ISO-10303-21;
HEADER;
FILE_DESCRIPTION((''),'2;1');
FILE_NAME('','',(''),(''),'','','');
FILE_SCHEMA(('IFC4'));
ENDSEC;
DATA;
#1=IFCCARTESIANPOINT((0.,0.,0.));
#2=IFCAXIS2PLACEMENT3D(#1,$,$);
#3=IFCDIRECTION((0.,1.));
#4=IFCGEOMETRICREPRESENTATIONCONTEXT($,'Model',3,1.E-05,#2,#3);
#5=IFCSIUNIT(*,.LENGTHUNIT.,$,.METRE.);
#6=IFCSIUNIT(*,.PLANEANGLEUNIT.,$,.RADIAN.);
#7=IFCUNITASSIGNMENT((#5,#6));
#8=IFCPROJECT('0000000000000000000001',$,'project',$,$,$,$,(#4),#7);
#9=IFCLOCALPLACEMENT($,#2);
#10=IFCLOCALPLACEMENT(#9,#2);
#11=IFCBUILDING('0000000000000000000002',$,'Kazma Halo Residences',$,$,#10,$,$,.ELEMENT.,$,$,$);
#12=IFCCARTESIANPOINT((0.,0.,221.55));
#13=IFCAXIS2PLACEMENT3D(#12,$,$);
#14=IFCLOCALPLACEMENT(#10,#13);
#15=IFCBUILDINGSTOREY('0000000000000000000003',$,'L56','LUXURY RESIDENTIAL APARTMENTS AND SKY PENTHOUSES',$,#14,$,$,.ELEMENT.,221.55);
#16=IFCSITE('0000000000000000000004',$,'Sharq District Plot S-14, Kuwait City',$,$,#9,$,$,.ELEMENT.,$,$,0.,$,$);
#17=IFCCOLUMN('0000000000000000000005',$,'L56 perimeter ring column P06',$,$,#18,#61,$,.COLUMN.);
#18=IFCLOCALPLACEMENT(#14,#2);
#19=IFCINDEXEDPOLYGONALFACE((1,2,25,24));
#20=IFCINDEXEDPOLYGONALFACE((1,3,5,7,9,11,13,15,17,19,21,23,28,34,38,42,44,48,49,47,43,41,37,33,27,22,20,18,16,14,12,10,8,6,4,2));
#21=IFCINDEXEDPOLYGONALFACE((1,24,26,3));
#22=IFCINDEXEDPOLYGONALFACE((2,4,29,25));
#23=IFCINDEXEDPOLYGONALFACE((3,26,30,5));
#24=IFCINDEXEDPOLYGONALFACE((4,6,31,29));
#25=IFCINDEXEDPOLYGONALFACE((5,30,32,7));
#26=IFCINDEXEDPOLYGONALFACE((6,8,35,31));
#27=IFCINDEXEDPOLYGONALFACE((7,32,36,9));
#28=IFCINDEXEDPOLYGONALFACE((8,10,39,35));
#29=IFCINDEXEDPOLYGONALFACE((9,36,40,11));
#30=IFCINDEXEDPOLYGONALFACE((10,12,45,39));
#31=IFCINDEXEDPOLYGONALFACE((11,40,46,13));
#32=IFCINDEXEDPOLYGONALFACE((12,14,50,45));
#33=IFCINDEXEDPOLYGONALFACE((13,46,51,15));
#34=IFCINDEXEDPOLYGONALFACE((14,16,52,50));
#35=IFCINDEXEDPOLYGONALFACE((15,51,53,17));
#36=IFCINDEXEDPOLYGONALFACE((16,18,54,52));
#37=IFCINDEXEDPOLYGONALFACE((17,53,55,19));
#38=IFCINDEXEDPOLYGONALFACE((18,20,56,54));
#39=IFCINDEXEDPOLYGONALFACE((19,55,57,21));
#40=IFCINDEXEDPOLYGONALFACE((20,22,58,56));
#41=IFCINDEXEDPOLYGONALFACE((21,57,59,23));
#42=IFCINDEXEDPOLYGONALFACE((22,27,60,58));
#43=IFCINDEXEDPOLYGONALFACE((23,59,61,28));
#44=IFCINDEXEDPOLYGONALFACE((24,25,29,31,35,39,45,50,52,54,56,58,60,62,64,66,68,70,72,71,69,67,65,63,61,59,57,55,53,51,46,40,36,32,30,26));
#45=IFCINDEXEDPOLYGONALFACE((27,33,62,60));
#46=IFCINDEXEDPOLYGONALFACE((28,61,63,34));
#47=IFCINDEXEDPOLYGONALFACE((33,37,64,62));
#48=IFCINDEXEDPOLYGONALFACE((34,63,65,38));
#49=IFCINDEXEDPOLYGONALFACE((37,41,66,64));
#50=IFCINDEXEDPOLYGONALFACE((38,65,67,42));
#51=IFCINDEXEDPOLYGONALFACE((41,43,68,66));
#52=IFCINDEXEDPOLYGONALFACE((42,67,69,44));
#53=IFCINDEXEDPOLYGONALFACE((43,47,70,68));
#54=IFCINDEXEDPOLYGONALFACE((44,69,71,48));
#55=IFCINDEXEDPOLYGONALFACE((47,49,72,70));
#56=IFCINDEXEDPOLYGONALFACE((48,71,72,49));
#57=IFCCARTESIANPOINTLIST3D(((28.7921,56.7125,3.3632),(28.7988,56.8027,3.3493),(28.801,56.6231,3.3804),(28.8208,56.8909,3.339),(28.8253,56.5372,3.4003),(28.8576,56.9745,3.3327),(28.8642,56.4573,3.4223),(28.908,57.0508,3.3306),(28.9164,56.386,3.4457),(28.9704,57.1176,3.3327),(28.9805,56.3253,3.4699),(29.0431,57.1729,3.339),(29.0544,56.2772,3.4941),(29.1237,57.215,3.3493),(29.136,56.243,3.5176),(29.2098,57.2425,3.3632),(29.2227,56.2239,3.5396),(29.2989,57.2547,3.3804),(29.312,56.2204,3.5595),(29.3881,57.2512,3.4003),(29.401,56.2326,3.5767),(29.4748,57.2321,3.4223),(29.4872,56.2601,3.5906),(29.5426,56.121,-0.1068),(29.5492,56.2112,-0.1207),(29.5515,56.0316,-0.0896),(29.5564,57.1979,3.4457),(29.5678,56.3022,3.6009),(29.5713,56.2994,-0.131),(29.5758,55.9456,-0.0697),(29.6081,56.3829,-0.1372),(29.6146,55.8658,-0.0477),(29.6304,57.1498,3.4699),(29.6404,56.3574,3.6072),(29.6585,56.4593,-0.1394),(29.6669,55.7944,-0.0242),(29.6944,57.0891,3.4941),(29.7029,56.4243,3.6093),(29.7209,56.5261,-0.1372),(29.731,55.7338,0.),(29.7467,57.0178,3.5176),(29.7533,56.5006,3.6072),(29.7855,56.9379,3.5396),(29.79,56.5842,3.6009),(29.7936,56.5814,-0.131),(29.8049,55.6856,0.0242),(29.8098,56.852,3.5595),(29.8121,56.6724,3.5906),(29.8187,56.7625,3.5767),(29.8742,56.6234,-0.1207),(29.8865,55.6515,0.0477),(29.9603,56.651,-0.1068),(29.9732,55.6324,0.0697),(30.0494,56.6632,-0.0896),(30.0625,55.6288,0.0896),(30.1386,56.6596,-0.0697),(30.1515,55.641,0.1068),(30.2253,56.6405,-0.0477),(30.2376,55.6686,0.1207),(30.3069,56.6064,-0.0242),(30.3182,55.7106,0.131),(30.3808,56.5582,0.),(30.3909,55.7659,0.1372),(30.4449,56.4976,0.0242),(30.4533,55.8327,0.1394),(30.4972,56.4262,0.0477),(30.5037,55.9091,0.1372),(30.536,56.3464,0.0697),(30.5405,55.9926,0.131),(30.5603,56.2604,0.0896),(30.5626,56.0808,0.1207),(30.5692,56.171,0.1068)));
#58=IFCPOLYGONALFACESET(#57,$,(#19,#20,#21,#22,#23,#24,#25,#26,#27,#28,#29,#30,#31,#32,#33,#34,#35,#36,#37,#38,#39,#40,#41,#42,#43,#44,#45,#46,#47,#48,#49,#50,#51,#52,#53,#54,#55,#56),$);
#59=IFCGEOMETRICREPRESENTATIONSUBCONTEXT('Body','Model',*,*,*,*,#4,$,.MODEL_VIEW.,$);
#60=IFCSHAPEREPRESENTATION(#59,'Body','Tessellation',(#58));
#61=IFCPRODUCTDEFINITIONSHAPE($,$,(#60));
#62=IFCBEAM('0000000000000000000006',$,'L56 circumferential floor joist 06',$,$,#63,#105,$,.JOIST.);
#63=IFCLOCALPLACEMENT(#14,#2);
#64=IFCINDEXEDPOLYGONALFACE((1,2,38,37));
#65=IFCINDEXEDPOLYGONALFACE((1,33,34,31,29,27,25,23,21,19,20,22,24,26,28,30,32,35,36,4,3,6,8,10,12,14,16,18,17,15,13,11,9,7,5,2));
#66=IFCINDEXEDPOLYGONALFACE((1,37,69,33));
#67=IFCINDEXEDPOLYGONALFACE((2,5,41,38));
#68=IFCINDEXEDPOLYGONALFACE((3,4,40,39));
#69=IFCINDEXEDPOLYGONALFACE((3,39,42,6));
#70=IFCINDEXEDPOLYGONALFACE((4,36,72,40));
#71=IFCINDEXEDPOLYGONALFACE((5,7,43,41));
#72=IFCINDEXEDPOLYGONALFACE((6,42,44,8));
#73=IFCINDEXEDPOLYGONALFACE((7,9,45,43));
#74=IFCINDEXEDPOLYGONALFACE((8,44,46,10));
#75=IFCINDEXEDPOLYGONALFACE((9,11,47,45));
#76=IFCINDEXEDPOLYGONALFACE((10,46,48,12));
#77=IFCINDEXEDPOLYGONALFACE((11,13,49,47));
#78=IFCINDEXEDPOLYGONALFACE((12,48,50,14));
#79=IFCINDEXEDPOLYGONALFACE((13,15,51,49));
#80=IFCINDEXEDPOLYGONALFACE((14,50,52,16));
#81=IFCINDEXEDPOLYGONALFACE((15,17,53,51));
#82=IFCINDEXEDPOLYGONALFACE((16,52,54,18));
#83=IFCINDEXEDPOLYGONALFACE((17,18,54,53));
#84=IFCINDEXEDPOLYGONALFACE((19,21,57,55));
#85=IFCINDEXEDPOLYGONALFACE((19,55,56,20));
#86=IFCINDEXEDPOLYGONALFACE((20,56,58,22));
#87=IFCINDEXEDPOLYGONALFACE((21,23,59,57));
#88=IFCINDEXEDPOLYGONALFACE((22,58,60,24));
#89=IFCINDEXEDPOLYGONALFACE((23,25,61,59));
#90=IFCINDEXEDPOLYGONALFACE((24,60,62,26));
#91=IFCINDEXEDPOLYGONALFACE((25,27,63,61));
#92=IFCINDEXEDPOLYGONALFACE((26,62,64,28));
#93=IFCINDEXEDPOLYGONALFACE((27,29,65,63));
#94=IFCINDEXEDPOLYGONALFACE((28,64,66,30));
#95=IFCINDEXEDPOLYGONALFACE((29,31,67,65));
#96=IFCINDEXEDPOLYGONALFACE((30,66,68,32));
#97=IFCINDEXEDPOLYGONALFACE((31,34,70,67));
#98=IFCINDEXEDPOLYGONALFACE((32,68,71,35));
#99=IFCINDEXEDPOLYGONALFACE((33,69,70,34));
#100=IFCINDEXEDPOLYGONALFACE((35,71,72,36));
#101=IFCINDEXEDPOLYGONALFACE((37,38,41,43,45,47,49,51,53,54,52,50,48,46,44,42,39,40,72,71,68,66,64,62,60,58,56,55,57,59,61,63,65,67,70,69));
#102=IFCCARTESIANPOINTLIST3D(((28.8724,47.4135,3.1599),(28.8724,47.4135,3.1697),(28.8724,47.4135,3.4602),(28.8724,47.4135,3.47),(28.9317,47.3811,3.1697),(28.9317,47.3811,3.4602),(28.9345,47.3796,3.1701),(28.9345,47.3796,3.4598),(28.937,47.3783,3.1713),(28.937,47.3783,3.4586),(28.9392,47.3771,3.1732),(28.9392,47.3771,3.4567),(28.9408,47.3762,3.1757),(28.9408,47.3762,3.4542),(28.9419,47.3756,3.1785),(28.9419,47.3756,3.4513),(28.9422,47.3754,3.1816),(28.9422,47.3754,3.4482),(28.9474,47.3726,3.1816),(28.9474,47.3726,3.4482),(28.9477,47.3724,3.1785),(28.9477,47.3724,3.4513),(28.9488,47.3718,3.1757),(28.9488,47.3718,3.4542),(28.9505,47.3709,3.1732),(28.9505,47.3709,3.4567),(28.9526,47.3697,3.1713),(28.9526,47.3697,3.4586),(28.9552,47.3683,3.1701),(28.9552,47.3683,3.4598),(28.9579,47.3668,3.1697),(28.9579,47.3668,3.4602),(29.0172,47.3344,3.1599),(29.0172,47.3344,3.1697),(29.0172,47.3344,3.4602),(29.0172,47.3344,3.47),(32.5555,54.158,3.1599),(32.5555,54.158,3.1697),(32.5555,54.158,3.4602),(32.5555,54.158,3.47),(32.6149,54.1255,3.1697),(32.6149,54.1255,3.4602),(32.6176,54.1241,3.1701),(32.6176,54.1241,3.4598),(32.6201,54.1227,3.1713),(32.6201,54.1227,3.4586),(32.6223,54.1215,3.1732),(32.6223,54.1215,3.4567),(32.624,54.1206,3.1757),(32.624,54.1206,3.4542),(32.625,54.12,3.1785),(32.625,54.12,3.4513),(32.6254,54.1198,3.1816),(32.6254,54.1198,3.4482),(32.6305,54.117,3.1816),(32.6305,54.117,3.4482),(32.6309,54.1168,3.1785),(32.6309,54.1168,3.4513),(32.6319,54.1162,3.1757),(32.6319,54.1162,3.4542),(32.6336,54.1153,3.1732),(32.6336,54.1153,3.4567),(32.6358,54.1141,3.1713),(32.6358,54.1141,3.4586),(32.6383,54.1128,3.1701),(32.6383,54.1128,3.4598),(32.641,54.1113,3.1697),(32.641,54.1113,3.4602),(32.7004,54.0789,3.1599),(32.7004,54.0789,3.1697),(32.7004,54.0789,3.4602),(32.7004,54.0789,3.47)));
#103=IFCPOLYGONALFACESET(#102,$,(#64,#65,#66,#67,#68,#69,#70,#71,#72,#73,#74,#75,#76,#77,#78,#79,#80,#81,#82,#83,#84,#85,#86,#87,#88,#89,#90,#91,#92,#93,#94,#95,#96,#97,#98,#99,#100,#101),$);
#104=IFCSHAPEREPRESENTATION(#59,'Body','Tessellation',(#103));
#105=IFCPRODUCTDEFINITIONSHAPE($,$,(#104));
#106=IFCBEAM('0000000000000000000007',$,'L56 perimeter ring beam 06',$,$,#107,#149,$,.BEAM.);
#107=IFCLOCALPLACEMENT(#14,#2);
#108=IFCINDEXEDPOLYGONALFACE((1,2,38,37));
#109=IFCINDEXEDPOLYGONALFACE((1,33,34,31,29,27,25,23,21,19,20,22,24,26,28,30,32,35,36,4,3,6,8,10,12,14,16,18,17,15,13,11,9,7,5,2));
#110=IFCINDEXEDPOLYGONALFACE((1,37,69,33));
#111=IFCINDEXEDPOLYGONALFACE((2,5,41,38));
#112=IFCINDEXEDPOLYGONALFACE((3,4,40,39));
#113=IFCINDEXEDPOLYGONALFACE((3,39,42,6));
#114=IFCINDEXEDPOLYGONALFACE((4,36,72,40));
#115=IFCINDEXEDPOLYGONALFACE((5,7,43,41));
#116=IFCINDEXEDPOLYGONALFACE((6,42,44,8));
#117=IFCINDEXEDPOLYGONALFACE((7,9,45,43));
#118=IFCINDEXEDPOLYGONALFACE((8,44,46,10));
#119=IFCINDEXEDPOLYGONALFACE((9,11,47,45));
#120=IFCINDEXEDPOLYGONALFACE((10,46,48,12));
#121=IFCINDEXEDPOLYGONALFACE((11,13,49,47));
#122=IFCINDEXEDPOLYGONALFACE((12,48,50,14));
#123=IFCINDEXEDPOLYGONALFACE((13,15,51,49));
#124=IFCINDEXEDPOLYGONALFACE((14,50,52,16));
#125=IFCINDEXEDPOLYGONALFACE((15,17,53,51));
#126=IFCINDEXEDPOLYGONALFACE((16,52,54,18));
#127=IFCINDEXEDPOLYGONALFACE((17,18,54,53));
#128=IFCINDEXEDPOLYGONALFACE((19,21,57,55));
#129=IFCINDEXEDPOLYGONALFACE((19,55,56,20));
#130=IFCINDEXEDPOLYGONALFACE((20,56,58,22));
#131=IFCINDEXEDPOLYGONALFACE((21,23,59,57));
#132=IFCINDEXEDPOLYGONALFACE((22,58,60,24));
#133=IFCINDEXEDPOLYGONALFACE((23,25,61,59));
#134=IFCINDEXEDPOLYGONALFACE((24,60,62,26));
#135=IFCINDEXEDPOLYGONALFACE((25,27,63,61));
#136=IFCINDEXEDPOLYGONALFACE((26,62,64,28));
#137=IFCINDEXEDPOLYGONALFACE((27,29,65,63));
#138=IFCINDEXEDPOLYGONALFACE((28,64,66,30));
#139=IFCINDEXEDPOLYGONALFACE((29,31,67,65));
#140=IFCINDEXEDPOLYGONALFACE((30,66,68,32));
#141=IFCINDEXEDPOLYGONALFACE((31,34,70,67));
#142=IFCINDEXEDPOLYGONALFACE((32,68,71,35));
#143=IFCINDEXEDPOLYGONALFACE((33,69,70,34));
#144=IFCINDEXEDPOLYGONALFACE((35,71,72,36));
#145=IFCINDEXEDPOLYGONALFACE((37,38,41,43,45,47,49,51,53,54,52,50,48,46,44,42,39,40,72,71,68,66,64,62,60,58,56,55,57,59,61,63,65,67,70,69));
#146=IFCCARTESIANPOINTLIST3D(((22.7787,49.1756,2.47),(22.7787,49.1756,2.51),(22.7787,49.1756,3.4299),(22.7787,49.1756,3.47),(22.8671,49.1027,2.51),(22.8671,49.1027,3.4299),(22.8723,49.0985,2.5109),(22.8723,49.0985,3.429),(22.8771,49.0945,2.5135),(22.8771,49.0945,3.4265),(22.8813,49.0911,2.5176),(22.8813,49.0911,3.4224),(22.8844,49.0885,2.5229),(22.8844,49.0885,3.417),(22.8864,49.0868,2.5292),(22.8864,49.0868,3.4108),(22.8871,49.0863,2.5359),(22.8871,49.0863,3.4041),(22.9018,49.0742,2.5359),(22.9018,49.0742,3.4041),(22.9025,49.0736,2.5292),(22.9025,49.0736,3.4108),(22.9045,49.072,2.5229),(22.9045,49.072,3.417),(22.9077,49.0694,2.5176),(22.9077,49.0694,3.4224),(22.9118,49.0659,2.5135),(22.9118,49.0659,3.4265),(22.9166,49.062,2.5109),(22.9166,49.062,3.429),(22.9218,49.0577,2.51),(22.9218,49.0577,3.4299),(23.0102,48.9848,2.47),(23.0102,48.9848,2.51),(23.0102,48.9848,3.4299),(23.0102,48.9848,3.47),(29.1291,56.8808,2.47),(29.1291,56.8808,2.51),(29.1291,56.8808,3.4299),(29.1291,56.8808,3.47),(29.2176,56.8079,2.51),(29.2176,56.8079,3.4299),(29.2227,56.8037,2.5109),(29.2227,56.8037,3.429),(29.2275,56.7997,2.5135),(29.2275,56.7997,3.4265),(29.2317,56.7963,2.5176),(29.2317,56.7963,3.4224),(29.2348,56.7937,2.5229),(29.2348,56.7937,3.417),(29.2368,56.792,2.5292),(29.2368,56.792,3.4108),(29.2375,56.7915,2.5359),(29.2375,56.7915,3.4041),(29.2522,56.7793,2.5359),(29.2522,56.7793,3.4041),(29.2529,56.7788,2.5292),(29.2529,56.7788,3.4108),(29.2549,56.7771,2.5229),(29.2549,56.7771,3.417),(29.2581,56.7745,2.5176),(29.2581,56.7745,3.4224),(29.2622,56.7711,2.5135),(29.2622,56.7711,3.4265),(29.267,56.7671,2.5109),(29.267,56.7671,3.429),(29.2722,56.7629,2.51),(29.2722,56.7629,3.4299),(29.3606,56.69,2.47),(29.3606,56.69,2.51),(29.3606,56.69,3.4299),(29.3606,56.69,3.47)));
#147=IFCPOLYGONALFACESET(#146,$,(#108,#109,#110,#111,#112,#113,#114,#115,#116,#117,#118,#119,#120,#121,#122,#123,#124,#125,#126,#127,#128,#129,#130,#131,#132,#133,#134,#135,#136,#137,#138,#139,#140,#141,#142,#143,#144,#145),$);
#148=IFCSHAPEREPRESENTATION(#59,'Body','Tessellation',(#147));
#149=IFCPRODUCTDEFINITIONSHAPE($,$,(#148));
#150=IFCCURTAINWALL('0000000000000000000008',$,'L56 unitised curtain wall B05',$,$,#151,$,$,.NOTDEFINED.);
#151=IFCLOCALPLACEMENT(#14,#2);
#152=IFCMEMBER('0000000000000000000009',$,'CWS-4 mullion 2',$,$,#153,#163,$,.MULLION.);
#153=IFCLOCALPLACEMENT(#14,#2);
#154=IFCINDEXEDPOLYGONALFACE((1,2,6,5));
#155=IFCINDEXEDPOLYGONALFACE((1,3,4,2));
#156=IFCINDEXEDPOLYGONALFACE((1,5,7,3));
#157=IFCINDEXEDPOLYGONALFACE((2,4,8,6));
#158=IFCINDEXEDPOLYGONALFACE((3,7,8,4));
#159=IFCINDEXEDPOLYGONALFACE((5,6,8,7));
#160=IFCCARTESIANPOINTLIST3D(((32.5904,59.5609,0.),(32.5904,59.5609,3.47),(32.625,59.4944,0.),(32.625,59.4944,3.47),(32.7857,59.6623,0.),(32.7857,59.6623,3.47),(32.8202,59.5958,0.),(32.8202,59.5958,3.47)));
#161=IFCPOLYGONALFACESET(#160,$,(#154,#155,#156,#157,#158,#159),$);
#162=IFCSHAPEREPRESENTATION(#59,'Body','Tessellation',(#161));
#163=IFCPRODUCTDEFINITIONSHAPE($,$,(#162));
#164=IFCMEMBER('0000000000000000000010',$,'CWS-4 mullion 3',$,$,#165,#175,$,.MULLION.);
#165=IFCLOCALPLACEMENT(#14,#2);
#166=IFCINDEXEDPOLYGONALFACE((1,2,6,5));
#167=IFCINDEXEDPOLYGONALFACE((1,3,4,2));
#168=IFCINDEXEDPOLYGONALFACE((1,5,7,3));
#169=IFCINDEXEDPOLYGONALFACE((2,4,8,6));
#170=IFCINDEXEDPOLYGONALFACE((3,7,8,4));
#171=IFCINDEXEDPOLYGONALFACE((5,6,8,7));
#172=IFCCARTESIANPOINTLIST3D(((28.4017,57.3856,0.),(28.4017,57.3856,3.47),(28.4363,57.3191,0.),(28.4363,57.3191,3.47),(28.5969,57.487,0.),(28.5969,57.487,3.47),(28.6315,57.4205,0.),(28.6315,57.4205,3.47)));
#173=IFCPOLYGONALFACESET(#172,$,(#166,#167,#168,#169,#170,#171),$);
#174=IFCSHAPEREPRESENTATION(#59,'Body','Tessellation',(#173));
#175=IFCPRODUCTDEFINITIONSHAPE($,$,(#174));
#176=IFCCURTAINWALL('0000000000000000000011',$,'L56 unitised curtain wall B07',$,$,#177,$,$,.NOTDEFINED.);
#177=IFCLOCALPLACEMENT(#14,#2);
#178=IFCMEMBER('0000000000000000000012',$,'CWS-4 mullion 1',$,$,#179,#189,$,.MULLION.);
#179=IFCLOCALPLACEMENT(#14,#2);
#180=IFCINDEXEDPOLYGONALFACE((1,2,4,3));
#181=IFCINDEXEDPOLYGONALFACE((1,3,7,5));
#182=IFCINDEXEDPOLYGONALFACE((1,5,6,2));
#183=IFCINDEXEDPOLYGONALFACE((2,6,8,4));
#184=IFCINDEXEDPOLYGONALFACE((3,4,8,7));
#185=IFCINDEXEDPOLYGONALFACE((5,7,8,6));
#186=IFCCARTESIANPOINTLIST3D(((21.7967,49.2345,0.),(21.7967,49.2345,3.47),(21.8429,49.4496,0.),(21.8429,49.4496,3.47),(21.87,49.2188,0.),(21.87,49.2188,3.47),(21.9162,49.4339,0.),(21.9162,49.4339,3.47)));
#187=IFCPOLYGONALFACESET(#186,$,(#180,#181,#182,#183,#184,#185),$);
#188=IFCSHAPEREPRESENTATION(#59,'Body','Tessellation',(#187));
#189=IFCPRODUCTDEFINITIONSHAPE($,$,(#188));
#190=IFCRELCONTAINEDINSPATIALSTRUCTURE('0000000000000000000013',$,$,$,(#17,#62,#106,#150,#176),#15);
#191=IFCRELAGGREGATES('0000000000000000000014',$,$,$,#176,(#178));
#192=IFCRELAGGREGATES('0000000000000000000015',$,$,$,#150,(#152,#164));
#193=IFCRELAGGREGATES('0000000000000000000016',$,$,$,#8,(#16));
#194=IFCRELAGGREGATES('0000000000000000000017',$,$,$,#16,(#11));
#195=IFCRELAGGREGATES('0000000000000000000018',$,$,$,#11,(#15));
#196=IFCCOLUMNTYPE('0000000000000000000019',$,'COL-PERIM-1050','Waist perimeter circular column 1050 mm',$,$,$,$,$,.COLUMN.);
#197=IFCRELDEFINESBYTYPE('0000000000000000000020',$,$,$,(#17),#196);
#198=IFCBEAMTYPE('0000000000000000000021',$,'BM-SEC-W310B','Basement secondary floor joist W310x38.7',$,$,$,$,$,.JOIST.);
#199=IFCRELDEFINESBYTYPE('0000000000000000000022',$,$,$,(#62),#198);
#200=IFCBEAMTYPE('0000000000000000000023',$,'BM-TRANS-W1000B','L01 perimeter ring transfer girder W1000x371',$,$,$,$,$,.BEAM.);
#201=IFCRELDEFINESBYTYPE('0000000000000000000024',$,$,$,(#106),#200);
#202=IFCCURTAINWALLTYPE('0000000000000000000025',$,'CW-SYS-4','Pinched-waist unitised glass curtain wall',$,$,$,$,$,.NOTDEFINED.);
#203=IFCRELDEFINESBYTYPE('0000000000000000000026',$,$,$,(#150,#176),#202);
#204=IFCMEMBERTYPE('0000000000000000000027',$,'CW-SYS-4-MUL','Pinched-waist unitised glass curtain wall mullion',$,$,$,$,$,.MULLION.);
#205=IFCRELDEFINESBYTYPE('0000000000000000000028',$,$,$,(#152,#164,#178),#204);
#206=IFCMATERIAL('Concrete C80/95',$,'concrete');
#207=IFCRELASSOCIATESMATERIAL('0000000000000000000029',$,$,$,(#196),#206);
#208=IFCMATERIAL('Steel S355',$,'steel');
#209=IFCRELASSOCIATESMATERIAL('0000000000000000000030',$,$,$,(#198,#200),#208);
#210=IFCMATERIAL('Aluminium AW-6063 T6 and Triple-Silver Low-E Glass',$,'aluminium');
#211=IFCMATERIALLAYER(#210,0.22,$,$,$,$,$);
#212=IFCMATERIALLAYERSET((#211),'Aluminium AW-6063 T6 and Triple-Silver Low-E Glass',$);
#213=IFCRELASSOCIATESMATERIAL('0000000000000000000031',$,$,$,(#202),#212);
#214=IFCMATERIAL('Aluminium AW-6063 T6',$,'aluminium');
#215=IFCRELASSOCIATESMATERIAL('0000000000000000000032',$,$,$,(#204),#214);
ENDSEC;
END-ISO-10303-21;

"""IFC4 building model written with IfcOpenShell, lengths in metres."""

from ifc_helpers import new_model, si_unit, direction, frame, origin, origin_2d, place, context, subcontext, project, spatial, rectangle, circle, i_section, extrude, material, layer, layer_set, material_profile, profile_set, type_object, element, aggregate, save


model = new_model("IFC4")

# Units and contexts
model_context = context("Model", 3, precision=1e-05, world=origin(), true_north=direction((0.0, 1.0)))
body_context = subcontext(model_context, "Body", "Model", "MODEL_VIEW")
ifc_project = project(units=[si_unit("LENGTHUNIT", "METRE"), si_unit("PLANEANGLEUNIT", "RADIAN")], contexts=[model_context])

# Site, building, storey
site_placement = place(None, origin())
site = spatial("IfcSite", under=ifc_project, at=site_placement, Name="Sharq District Plot S-14, Kuwait City", CompositionType="ELEMENT", RefElevation=0.0)
building_placement = place(site_placement, origin())
building = spatial("IfcBuilding", under=site, at=building_placement, Name="Kazma Halo Residences", CompositionType="ELEMENT")
storey_placement = place(building_placement, frame((0.0, 0.0, 221.55)))
storey = spatial("IfcBuildingStorey", under=building, at=storey_placement, Name="L56", Description="LUXURY RESIDENTIAL APARTMENTS AND SKY PENTHOUSES", CompositionType="ELEMENT", Elevation=221.55)

# Column
ifc_material_1 = material(Name="Concrete C80/95", Category="concrete")
ifc_material_profile_1 = material_profile(ifc_material_1, circle(Radius=0.5249, at=origin_2d()), Name="CIRC1050")
ifc_profile_set_1 = profile_set([ifc_material_profile_1], Name="Concrete C80/95")
column_type = type_object("IfcColumnType", Name="COL-PERIM-1050", Description="Waist perimeter circular column 1050 mm", PredefinedType="COLUMN", material=ifc_profile_set_1)
column_placement = place(storey_placement, frame((30.0559, 56.146, 0.0), z_axis=(-0.208518, 0.164359, 0.964109), x_axis=(-0.619039, -0.78536, 0.0)))
element("IfcColumn", 1, at=column_placement, inside=storey, type_object=column_type, Name="L56 perimeter ring column P06", PredefinedType="COLUMN", context=body_context, shape_type="SweptSolid", body=[
    extrude(circle(Radius=0.5249, at=origin_2d()), origin(), (0.0, 0.0, 1.0), 3.5991),
])

# Beams
ifc_material_2 = material(Name="Steel S355", Category="steel")
ifc_material_profile_2 = material_profile(ifc_material_2, i_section(OverallWidth=0.165, OverallDepth=0.3101, WebThickness=0.0059, FlangeThickness=0.0098, FilletRadius=0.012, at=origin_2d()), Name="W310x38.7")
ifc_profile_set_2 = profile_set([ifc_material_profile_2], Name="Steel S355")
beam_type_1 = type_object("IfcBeamType", Name="BM-SEC-W310B", Description="Basement secondary floor joist W310x38.7", PredefinedType="JOIST", material=ifc_profile_set_2)
beam_1_placement = place(storey_placement, frame((32.6279, 54.1184, 3.3149), z_axis=(-0.479288, -0.877657, 0.0), x_axis=(0.877657, -0.479288, 0.0)))
element("IfcBeam", 2, at=beam_1_placement, inside=storey, type_object=beam_type_1, Name="L56 circumferential floor joist 06", PredefinedType="JOIST", context=body_context, shape_type="SweptSolid", body=[
    extrude(i_section(OverallWidth=0.165, OverallDepth=0.3101, WebThickness=0.0059, FlangeThickness=0.0098, FilletRadius=0.012, at=origin_2d()), origin(), (0.0, 0.0, 1.0), 7.6846),
])
ifc_material_profile_3 = material_profile(ifc_material_2, i_section(OverallWidth=0.3, OverallDepth=1.0, WebThickness=0.019, FlangeThickness=0.04, FilletRadius=0.0259, at=origin_2d()), Name="W1000x371")
ifc_profile_set_3 = profile_set([ifc_material_profile_3], Name="Steel S355")
beam_type_2 = type_object("IfcBeamType", Name="BM-TRANS-W1000B", Description="L01 perimeter ring transfer girder W1000x371", PredefinedType="BEAM", material=ifc_profile_set_3)
beam_2_placement = place(storey_placement, frame((29.2449, 56.7854, 2.97), z_axis=(-0.636005, -0.771685, 0.0), x_axis=(0.771685, -0.636005, 0.0)))
element("IfcBeam", 3, at=beam_2_placement, inside=storey, type_object=beam_type_2, Name="L56 perimeter ring beam 06", PredefinedType="BEAM", context=body_context, shape_type="SweptSolid", body=[
    extrude(i_section(OverallWidth=0.3, OverallDepth=1.0, WebThickness=0.019, FlangeThickness=0.04, FilletRadius=0.0259, at=origin_2d()), origin(), (0.0, 0.0, 1.0), 9.9849),
])

# Curtain wall, members
ifc_material_3 = material(Name="Aluminium AW-6063 T6 and Triple-Silver Low-E Glass", Category="aluminium")
ifc_layer_1 = layer(ifc_material_3, 0.22)
ifc_layer_set_1 = layer_set([ifc_layer_1], Name="Aluminium AW-6063 T6 and Triple-Silver Low-E Glass")
curtain_wall_type = type_object("IfcCurtainWallType", Name="CW-SYS-4", Description="Pinched-waist unitised glass curtain wall", PredefinedType="NOTDEFINED", material=ifc_layer_set_1)
curtain_wall_1_placement = place(storey_placement, origin())
curtain_wall_1 = element("IfcCurtainWall", 4, at=curtain_wall_1_placement, inside=storey, type_object=curtain_wall_type, Name="L56 unitised curtain wall B05", PredefinedType="NOTDEFINED")
ifc_material_4 = material(Name="Aluminium AW-6063 T6", Category="aluminium")
ifc_material_profile_4 = material_profile(ifc_material_4, rectangle(XDim=0.075, YDim=0.22, at=origin_2d()), Name="CWM-75x220")
ifc_profile_set_4 = profile_set([ifc_material_profile_4], Name="Aluminium AW-6063 T6")
member_type_1 = type_object("IfcMemberType", Name="CW-SYS-4-MUL", Description="Pinched-waist unitised glass curtain wall mullion", PredefinedType="MULLION", material=ifc_profile_set_4)
member_1_placement = place(storey_placement, frame((32.7053, 59.5784, 0.0), z_axis=(0.0, 0.0, 1.0), x_axis=(0.460874, -0.887466, 0.0)))
member_1 = element("IfcMember", 5, at=member_1_placement, type_object=member_type_1, Name="CWS-4 mullion 2", PredefinedType="MULLION", context=body_context, shape_type="SweptSolid", body=[
    extrude(rectangle(XDim=0.075, YDim=0.22, at=origin_2d()), origin(), (0.0, 0.0, 1.0), 3.47),
])
member_2_placement = place(storey_placement, frame((28.5166, 57.4031, 0.0), z_axis=(0.0, 0.0, 1.0), x_axis=(0.460874, -0.887466, 0.0)))
member_2 = element("IfcMember", 6, at=member_2_placement, type_object=member_type_1, Name="CWS-4 mullion 3", PredefinedType="MULLION", context=body_context, shape_type="SweptSolid", body=[
    extrude(rectangle(XDim=0.075, YDim=0.22, at=origin_2d()), origin(), (0.0, 0.0, 1.0), 3.47),
])

# Curtain wall, member
curtain_wall_2_placement = place(storey_placement, origin())
curtain_wall_2 = element("IfcCurtainWall", 7, at=curtain_wall_2_placement, inside=storey, type_object=curtain_wall_type, Name="L56 unitised curtain wall B07", PredefinedType="NOTDEFINED")
member_3_placement = place(storey_placement, frame((21.8564, 49.3342, 0.0), z_axis=(0.0, 0.0, 1.0), x_axis=(0.977768, -0.20969, 0.0)))
member_3 = element("IfcMember", 8, at=member_3_placement, type_object=member_type_1, Name="CWS-4 mullion 1", PredefinedType="MULLION", context=body_context, shape_type="SweptSolid", body=[
    extrude(rectangle(XDim=0.075, YDim=0.22, at=origin_2d()), origin(), (0.0, 0.0, 1.0), 3.47),
])

aggregate(curtain_wall_2, [member_3])

aggregate(curtain_wall_1, [member_1, member_2])

save(model, "model.ifc")
